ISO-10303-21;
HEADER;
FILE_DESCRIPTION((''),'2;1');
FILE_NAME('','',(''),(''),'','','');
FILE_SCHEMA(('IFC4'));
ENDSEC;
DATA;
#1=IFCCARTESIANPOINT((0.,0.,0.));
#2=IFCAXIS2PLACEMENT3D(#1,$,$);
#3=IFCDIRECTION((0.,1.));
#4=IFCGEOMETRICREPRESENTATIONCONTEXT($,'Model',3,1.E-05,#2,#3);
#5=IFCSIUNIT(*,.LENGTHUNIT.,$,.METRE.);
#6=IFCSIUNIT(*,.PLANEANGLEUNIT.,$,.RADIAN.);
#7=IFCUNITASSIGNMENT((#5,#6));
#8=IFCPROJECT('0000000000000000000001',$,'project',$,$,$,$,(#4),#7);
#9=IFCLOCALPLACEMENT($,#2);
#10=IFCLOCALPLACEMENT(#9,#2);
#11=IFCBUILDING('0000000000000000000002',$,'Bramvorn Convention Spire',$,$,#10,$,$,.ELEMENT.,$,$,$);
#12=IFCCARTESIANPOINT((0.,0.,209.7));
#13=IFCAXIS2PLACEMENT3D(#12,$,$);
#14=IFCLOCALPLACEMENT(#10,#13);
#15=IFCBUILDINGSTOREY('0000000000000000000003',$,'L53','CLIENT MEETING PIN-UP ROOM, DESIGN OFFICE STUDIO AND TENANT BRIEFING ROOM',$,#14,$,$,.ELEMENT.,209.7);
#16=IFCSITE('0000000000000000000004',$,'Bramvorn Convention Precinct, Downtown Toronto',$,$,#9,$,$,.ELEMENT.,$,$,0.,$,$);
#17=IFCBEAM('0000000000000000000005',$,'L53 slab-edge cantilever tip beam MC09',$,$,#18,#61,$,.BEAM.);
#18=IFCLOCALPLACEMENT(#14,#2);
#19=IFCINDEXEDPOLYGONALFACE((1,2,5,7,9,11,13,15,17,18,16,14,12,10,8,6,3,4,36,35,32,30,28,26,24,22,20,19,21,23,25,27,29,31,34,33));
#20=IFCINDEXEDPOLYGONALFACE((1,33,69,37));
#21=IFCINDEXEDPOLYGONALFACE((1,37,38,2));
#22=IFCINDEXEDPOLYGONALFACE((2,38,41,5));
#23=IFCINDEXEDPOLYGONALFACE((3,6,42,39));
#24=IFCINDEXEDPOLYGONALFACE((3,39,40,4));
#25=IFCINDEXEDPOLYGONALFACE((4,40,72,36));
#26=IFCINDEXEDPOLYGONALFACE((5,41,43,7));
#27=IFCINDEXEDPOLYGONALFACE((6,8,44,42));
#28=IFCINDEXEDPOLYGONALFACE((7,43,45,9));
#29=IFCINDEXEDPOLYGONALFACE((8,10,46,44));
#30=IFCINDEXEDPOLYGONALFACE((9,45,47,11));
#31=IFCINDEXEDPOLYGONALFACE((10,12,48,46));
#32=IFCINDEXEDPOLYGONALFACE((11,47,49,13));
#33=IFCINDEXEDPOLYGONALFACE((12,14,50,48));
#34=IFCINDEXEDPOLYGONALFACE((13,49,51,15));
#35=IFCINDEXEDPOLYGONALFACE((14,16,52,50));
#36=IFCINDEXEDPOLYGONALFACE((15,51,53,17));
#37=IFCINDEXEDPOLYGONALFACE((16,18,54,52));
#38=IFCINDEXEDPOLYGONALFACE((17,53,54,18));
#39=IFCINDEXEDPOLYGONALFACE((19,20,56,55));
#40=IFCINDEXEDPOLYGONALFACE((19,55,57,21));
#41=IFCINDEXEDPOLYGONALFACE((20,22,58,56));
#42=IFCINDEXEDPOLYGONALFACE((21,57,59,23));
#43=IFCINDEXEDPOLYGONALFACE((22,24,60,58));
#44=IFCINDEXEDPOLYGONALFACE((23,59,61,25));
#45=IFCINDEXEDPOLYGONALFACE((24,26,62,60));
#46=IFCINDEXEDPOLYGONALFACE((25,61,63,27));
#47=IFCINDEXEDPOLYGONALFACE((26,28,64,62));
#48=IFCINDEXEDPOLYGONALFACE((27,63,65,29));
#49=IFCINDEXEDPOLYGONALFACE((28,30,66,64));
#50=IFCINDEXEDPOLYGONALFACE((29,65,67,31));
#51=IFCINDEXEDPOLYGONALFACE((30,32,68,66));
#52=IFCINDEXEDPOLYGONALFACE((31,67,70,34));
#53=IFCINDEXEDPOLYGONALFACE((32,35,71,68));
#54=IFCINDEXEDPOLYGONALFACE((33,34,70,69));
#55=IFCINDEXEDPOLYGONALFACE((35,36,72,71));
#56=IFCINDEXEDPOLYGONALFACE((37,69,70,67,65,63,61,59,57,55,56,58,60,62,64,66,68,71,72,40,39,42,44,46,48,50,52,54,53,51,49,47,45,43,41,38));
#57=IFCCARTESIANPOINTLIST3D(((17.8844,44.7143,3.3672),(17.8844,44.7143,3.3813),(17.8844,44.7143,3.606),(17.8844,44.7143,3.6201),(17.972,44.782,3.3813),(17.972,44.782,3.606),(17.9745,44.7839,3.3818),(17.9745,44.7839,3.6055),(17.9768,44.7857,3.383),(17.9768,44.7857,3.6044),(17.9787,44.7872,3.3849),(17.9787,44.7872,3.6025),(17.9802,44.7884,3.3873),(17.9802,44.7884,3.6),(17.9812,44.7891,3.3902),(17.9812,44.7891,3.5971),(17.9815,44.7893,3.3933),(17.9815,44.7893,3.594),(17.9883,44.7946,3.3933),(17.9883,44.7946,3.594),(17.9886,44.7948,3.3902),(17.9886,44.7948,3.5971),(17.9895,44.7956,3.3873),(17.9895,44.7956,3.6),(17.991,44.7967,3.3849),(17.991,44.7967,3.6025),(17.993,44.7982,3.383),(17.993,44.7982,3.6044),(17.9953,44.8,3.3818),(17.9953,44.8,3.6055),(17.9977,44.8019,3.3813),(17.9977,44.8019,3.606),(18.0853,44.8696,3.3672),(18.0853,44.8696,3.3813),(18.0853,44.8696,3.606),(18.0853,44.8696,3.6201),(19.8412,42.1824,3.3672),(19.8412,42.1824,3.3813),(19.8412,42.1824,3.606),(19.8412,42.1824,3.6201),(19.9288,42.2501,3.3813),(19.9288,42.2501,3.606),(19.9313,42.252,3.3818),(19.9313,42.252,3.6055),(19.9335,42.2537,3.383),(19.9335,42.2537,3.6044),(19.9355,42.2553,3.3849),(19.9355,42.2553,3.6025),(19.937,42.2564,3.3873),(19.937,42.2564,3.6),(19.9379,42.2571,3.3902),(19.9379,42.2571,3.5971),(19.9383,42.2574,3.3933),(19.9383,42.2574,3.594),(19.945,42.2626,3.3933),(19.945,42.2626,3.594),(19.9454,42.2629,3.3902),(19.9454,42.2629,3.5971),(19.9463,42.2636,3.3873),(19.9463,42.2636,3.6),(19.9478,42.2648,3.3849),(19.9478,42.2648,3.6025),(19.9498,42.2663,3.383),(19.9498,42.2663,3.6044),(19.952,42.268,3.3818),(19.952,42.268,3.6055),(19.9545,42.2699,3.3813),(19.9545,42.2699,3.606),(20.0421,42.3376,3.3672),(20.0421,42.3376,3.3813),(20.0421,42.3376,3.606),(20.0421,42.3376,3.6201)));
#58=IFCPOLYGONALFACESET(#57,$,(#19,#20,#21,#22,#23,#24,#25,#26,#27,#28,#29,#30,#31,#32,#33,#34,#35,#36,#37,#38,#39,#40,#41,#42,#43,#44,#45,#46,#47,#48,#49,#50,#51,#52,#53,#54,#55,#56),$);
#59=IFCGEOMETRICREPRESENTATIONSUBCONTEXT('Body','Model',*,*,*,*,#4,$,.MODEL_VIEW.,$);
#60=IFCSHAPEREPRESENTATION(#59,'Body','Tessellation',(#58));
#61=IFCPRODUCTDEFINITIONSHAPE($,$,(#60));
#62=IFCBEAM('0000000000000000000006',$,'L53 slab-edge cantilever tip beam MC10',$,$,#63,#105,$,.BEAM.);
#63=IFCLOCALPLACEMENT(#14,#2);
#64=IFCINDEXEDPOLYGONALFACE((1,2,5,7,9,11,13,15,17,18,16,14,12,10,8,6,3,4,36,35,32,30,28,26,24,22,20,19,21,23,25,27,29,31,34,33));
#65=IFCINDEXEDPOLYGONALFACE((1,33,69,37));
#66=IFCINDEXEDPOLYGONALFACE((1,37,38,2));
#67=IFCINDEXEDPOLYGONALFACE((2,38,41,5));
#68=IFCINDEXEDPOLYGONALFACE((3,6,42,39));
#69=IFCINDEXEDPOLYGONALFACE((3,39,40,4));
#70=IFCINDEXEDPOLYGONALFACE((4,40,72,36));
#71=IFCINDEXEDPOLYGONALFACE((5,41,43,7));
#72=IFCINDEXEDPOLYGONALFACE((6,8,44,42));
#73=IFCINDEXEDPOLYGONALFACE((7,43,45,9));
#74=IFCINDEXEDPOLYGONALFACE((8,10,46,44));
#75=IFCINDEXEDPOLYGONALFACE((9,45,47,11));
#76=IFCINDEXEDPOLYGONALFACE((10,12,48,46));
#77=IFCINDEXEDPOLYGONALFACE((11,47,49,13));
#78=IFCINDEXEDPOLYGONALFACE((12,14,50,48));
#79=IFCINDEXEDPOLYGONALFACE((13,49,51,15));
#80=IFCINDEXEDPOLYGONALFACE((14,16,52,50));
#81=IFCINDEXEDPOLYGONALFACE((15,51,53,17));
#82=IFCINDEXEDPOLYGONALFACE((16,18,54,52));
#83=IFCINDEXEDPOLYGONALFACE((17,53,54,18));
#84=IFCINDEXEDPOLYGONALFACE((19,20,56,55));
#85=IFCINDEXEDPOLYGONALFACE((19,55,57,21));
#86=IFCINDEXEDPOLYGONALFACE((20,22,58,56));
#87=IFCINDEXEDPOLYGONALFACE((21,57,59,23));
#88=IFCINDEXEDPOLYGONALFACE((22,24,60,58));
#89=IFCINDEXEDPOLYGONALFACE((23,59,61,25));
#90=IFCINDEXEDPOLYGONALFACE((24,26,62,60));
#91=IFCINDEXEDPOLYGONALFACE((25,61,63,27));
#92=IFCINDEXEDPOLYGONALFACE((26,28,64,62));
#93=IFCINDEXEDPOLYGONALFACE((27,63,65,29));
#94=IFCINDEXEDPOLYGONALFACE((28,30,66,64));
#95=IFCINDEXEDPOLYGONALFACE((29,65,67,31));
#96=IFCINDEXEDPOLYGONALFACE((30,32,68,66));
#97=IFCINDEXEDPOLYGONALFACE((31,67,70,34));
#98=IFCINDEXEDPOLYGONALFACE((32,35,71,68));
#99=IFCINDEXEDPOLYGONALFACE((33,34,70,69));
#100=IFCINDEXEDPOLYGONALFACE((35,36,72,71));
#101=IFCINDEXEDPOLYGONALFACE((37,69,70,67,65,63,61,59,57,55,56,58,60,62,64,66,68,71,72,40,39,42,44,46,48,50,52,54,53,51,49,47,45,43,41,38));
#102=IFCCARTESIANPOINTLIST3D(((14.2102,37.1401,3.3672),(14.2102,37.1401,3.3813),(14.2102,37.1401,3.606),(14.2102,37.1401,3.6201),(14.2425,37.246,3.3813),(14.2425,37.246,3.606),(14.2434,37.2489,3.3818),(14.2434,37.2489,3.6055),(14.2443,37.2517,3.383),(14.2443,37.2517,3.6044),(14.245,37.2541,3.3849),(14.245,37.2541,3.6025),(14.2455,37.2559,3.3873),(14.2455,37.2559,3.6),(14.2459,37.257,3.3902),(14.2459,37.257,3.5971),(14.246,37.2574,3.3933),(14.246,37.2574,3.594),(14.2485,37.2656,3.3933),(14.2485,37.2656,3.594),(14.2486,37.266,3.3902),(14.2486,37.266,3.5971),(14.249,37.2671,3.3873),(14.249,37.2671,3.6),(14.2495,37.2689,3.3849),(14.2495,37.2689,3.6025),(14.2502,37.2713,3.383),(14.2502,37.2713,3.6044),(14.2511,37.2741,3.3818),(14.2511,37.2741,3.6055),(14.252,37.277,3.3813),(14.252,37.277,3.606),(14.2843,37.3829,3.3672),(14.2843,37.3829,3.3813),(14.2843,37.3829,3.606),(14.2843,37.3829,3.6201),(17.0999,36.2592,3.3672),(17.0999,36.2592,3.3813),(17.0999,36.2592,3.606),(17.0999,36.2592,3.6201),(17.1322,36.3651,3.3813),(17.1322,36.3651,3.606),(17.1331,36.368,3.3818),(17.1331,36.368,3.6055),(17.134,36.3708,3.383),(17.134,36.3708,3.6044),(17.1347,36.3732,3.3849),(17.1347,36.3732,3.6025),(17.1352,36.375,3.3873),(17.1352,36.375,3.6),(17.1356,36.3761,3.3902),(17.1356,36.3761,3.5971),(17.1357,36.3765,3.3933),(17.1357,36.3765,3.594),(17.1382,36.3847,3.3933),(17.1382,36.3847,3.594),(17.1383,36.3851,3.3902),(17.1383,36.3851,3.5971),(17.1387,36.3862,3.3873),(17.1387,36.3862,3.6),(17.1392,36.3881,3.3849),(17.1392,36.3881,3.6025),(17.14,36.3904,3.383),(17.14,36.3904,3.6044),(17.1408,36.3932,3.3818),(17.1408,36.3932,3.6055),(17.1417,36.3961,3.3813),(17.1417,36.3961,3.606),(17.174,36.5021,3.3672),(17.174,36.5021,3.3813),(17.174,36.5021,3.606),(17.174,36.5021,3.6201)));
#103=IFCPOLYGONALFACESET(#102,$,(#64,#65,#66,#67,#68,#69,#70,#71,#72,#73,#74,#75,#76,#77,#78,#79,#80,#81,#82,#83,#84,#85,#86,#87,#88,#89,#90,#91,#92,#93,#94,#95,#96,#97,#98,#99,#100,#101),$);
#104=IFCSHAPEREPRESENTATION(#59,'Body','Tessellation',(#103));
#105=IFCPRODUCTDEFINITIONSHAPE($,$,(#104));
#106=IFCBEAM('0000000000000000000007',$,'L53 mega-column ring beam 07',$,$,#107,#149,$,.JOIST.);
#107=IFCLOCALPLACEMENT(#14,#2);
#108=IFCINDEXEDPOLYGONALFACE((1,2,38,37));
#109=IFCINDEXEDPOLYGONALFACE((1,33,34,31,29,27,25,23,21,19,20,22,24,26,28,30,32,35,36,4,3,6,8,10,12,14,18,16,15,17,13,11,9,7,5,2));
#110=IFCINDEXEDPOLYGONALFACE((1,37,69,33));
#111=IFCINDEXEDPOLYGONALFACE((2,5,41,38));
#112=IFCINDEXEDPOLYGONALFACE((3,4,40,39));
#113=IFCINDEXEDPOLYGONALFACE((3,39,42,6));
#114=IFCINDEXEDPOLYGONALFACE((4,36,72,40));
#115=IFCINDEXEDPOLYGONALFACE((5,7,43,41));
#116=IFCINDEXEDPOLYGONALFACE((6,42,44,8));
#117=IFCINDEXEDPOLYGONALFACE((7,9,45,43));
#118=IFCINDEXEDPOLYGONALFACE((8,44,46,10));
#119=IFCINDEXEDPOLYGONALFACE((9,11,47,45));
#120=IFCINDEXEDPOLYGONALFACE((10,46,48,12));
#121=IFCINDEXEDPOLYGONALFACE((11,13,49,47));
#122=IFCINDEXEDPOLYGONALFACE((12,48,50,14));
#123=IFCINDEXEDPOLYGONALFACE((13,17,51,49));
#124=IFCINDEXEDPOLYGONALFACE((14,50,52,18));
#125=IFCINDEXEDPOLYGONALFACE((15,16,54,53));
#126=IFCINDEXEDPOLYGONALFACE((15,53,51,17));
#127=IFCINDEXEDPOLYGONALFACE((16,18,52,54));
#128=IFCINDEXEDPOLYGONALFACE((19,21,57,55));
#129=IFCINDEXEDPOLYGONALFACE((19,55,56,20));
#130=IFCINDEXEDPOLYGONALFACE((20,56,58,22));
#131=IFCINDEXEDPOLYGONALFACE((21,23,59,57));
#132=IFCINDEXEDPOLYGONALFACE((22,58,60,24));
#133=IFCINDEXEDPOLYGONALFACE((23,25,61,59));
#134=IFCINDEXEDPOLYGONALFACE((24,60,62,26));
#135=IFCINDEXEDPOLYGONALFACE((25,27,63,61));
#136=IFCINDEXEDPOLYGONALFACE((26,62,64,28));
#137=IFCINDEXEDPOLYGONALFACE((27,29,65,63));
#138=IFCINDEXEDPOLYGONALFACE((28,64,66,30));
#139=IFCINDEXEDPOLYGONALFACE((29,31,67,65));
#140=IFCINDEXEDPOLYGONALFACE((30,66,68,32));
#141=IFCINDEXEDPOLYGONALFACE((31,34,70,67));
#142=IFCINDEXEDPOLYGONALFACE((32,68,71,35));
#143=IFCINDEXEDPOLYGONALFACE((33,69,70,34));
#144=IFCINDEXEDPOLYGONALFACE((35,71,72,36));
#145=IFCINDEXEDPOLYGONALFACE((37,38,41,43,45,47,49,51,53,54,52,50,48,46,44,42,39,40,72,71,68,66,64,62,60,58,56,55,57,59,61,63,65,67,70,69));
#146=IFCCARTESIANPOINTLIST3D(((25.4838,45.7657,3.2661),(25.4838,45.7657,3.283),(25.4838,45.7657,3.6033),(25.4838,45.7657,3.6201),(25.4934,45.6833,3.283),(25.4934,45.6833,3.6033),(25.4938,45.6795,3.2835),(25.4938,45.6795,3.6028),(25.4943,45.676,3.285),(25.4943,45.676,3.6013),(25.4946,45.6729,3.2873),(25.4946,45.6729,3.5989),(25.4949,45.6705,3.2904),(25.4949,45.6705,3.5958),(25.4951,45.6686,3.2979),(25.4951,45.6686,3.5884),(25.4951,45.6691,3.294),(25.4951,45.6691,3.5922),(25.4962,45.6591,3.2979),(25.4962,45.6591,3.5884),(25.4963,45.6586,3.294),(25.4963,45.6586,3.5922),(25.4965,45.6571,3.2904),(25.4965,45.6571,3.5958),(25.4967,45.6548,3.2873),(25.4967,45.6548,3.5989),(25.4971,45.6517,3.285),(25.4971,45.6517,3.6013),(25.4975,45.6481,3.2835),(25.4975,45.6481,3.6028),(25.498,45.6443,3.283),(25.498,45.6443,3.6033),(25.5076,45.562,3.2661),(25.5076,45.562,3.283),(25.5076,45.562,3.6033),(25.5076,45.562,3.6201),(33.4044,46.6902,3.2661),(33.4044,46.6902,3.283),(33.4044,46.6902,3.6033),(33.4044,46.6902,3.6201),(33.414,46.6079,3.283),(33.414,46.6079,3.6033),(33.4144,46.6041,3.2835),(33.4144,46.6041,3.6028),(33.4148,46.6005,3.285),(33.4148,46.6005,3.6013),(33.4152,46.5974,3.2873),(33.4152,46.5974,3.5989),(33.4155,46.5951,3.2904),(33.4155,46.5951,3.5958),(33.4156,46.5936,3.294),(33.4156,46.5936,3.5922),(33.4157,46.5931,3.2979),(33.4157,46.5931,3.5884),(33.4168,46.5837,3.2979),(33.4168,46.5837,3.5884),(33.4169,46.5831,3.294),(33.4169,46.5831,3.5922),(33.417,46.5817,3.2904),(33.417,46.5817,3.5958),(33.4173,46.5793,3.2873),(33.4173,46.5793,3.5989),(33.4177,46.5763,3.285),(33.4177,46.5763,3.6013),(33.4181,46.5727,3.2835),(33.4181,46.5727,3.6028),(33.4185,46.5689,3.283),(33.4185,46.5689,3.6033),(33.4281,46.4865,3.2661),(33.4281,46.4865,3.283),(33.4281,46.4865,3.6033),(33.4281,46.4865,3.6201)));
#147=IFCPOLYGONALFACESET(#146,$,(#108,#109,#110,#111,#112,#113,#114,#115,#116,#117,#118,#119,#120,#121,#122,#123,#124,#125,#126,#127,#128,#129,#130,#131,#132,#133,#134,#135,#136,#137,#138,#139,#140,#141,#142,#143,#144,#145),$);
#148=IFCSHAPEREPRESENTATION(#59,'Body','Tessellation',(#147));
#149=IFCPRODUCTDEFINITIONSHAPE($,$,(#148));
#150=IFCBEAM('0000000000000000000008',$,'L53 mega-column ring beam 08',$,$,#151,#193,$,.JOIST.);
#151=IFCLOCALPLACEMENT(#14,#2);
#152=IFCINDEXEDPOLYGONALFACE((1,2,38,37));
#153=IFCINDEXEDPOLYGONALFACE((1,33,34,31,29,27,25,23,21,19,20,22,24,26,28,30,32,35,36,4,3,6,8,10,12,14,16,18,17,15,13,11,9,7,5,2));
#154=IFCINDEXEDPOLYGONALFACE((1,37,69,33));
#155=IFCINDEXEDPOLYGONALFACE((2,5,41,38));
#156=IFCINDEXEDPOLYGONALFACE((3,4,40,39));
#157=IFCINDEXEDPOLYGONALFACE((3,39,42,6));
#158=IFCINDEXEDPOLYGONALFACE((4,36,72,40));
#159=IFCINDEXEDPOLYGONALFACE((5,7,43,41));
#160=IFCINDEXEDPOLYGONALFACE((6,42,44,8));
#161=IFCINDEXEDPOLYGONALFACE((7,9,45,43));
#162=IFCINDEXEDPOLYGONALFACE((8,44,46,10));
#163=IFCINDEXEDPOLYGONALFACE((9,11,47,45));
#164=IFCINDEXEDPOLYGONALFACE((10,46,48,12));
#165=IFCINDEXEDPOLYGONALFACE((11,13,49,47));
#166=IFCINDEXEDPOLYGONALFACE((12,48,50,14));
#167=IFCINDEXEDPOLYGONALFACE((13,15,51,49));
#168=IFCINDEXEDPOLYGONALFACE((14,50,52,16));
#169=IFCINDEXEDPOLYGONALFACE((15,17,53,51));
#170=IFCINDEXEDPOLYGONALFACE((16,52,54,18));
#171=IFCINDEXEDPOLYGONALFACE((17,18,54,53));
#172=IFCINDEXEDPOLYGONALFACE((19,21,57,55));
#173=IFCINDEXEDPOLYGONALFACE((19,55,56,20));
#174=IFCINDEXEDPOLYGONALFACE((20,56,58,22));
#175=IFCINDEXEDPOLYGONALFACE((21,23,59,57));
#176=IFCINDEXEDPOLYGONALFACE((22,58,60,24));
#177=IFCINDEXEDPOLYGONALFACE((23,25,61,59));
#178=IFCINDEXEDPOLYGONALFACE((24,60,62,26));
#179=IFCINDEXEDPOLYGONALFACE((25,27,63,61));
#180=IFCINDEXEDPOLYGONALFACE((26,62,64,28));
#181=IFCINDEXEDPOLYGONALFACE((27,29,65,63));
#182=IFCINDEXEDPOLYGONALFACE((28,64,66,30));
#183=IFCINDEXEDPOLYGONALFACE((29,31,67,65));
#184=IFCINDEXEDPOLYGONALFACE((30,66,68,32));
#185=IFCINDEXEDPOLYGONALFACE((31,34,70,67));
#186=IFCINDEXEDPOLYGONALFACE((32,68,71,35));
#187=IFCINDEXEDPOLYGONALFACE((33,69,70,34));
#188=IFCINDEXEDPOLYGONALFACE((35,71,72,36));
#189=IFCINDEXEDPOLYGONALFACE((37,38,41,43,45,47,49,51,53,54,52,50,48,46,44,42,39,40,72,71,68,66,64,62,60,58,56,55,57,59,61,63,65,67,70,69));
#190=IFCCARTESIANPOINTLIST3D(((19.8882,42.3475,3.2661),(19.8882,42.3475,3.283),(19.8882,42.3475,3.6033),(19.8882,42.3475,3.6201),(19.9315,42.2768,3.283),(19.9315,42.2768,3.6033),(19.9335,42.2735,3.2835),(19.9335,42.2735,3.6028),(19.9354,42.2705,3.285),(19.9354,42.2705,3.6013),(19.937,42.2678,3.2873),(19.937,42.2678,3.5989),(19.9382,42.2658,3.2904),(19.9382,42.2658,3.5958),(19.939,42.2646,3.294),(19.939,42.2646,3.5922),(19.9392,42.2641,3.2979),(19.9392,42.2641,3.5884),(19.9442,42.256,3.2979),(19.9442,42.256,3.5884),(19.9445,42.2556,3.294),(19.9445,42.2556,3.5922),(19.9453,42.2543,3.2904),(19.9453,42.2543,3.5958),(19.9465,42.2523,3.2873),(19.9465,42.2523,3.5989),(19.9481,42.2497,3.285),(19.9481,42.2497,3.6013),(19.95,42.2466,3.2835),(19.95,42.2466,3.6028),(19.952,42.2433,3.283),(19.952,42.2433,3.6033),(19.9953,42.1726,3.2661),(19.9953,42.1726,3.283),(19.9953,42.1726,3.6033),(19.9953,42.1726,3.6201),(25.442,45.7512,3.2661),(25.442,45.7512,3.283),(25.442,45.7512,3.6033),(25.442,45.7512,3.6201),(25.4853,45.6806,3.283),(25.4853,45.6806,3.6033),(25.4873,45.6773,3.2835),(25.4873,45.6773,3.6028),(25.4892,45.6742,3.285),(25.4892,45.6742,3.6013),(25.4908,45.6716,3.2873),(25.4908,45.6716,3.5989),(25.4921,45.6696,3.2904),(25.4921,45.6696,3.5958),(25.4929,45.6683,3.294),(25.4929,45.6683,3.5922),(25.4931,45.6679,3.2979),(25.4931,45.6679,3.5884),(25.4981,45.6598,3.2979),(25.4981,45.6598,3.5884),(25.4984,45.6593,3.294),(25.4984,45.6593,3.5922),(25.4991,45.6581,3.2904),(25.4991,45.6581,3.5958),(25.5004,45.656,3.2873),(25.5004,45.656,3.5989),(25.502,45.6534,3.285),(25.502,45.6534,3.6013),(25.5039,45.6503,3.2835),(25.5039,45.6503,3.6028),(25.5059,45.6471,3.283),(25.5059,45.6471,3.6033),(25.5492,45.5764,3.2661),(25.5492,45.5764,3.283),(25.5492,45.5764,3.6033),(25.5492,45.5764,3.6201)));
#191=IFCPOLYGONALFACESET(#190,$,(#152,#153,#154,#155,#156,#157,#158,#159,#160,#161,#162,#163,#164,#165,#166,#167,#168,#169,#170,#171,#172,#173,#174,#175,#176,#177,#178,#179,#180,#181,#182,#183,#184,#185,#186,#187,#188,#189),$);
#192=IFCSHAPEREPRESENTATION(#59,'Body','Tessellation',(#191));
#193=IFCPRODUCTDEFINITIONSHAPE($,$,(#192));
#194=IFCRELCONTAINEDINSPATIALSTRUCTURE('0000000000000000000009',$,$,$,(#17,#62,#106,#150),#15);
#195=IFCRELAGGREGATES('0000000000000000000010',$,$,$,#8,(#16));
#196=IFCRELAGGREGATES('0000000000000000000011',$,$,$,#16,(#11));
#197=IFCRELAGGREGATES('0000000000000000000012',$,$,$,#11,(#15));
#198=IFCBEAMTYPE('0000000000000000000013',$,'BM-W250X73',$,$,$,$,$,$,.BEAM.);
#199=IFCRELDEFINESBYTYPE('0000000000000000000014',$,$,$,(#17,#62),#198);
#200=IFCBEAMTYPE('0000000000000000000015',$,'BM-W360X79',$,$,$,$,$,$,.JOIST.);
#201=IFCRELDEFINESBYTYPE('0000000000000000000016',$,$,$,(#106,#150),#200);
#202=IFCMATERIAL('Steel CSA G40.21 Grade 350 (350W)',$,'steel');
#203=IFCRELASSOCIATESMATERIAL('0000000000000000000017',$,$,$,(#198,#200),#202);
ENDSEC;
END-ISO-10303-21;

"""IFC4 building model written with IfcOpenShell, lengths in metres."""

from ifc_helpers import new_model, si_unit, direction, frame, origin, origin_2d, place, context, subcontext, project, spatial, i_section, extrude, material, material_profile, profile_set, type_object, element, save


model = new_model("IFC4")

# Units and contexts
model_context = context("Model", 3, precision=1e-05, world=origin(), true_north=direction((0.0, 1.0)))
body_context = subcontext(model_context, "Body", "Model", "MODEL_VIEW")
ifc_project = project(units=[si_unit("LENGTHUNIT", "METRE"), si_unit("PLANEANGLEUNIT", "RADIAN")], contexts=[model_context])

# Site, building, storey
site_placement = place(None, origin())
site = spatial("IfcSite", under=ifc_project, at=site_placement, Name="Bramvorn Convention Precinct, Downtown Toronto", CompositionType="ELEMENT", RefElevation=0.0)
building_placement = place(site_placement, origin())
building = spatial("IfcBuilding", under=site, at=building_placement, Name="Bramvorn Convention Spire", CompositionType="ELEMENT")
storey_placement = place(building_placement, frame((0.0, 0.0, 209.7)))
storey = spatial("IfcBuildingStorey", under=building, at=storey_placement, Name="L53", Description="CLIENT MEETING PIN-UP ROOM, DESIGN OFFICE STUDIO AND TENANT BRIEFING ROOM", CompositionType="ELEMENT", Elevation=209.7)

# Shared definitions
ifc_material_1 = material(Name="Steel CSA G40.21 Grade 350 (350W)", Category="steel")

# Beams
ifc_material_profile_1 = material_profile(ifc_material_1, i_section(OverallWidth=0.2539, OverallDepth=0.2529, WebThickness=0.0085, FlangeThickness=0.0142, FilletRadius=0.012, at=origin_2d()))
ifc_profile_set_1 = profile_set([ifc_material_profile_1], Name="Steel CSA G40.21 Grade 350 (350W) - W250X73")
beam_type_1 = type_object("IfcBeamType", Name="BM-W250X73", PredefinedType="BEAM", material=ifc_profile_set_1)
beam_1_placement = place(storey_placement, frame((19.9417, 42.26, 3.4937), z_axis=(-0.611497, 0.791246, 0.0), x_axis=(-0.791246, -0.611497, 0.0)))
element("IfcBeam", 1, at=beam_1_placement, inside=storey, type_object=beam_type_1, Name="L53 slab-edge cantilever tip beam MC09", PredefinedType="BEAM", context=body_context, shape_type="SweptSolid", body=[
    extrude(i_section(OverallWidth=0.2539, OverallDepth=0.2529, WebThickness=0.0085, FlangeThickness=0.0142, FilletRadius=0.012, at=origin_2d()), origin(), (0.0, 0.0, 1.0), 3.2),
])
beam_2_placement = place(storey_placement, frame((17.137, 36.3806, 3.4937), z_axis=(-0.956545, 0.291586, 0.0), x_axis=(-0.291586, -0.956545, 0.0)))
element("IfcBeam", 2, at=beam_2_placement, inside=storey, type_object=beam_type_1, Name="L53 slab-edge cantilever tip beam MC10", PredefinedType="BEAM", context=body_context, shape_type="SweptSolid", body=[
    extrude(i_section(OverallWidth=0.2539, OverallDepth=0.2529, WebThickness=0.0085, FlangeThickness=0.0142, FilletRadius=0.012, at=origin_2d()), origin(), (0.0, 0.0, 1.0), 3.021),
])
ifc_material_profile_2 = material_profile(ifc_material_1, i_section(OverallWidth=0.2051, OverallDepth=0.354, WebThickness=0.0095, FlangeThickness=0.0168, FilletRadius=0.0149, at=origin_2d()))
ifc_profile_set_2 = profile_set([ifc_material_profile_2], Name="Steel CSA G40.21 Grade 350 (350W) - W360X79")
beam_type_2 = type_object("IfcBeamType", Name="BM-W360X79", PredefinedType="JOIST", material=ifc_profile_set_2)
beam_3_placement = place(storey_placement, frame((33.4163, 46.5884, 3.4431), z_axis=(-0.993256, -0.115941, 0.0), x_axis=(0.115941, -0.993256, 0.0)))
element("IfcBeam", 3, at=beam_3_placement, inside=storey, type_object=beam_type_2, Name="L53 mega-column ring beam 07", PredefinedType="JOIST", context=body_context, shape_type="SweptSolid", body=[
    extrude(i_section(OverallWidth=0.2051, OverallDepth=0.354, WebThickness=0.0095, FlangeThickness=0.0168, FilletRadius=0.0149, at=origin_2d()), origin(), (0.0, 0.0, 1.0), 7.9744),
])
beam_4_placement = place(storey_placement, frame((25.4956, 45.6638, 3.4431), z_axis=(-0.852617, -0.522537, 0.0), x_axis=(0.522537, -0.852617, 0.0)))
element("IfcBeam", 4, at=beam_4_placement, inside=storey, type_object=beam_type_2, Name="L53 mega-column ring beam 08", PredefinedType="JOIST", context=body_context, shape_type="SweptSolid", body=[
    extrude(i_section(OverallWidth=0.2051, OverallDepth=0.354, WebThickness=0.0095, FlangeThickness=0.0168, FilletRadius=0.0149, at=origin_2d()), origin(), (0.0, 0.0, 1.0), 6.5139),
])

save(model, "model.ifc")
